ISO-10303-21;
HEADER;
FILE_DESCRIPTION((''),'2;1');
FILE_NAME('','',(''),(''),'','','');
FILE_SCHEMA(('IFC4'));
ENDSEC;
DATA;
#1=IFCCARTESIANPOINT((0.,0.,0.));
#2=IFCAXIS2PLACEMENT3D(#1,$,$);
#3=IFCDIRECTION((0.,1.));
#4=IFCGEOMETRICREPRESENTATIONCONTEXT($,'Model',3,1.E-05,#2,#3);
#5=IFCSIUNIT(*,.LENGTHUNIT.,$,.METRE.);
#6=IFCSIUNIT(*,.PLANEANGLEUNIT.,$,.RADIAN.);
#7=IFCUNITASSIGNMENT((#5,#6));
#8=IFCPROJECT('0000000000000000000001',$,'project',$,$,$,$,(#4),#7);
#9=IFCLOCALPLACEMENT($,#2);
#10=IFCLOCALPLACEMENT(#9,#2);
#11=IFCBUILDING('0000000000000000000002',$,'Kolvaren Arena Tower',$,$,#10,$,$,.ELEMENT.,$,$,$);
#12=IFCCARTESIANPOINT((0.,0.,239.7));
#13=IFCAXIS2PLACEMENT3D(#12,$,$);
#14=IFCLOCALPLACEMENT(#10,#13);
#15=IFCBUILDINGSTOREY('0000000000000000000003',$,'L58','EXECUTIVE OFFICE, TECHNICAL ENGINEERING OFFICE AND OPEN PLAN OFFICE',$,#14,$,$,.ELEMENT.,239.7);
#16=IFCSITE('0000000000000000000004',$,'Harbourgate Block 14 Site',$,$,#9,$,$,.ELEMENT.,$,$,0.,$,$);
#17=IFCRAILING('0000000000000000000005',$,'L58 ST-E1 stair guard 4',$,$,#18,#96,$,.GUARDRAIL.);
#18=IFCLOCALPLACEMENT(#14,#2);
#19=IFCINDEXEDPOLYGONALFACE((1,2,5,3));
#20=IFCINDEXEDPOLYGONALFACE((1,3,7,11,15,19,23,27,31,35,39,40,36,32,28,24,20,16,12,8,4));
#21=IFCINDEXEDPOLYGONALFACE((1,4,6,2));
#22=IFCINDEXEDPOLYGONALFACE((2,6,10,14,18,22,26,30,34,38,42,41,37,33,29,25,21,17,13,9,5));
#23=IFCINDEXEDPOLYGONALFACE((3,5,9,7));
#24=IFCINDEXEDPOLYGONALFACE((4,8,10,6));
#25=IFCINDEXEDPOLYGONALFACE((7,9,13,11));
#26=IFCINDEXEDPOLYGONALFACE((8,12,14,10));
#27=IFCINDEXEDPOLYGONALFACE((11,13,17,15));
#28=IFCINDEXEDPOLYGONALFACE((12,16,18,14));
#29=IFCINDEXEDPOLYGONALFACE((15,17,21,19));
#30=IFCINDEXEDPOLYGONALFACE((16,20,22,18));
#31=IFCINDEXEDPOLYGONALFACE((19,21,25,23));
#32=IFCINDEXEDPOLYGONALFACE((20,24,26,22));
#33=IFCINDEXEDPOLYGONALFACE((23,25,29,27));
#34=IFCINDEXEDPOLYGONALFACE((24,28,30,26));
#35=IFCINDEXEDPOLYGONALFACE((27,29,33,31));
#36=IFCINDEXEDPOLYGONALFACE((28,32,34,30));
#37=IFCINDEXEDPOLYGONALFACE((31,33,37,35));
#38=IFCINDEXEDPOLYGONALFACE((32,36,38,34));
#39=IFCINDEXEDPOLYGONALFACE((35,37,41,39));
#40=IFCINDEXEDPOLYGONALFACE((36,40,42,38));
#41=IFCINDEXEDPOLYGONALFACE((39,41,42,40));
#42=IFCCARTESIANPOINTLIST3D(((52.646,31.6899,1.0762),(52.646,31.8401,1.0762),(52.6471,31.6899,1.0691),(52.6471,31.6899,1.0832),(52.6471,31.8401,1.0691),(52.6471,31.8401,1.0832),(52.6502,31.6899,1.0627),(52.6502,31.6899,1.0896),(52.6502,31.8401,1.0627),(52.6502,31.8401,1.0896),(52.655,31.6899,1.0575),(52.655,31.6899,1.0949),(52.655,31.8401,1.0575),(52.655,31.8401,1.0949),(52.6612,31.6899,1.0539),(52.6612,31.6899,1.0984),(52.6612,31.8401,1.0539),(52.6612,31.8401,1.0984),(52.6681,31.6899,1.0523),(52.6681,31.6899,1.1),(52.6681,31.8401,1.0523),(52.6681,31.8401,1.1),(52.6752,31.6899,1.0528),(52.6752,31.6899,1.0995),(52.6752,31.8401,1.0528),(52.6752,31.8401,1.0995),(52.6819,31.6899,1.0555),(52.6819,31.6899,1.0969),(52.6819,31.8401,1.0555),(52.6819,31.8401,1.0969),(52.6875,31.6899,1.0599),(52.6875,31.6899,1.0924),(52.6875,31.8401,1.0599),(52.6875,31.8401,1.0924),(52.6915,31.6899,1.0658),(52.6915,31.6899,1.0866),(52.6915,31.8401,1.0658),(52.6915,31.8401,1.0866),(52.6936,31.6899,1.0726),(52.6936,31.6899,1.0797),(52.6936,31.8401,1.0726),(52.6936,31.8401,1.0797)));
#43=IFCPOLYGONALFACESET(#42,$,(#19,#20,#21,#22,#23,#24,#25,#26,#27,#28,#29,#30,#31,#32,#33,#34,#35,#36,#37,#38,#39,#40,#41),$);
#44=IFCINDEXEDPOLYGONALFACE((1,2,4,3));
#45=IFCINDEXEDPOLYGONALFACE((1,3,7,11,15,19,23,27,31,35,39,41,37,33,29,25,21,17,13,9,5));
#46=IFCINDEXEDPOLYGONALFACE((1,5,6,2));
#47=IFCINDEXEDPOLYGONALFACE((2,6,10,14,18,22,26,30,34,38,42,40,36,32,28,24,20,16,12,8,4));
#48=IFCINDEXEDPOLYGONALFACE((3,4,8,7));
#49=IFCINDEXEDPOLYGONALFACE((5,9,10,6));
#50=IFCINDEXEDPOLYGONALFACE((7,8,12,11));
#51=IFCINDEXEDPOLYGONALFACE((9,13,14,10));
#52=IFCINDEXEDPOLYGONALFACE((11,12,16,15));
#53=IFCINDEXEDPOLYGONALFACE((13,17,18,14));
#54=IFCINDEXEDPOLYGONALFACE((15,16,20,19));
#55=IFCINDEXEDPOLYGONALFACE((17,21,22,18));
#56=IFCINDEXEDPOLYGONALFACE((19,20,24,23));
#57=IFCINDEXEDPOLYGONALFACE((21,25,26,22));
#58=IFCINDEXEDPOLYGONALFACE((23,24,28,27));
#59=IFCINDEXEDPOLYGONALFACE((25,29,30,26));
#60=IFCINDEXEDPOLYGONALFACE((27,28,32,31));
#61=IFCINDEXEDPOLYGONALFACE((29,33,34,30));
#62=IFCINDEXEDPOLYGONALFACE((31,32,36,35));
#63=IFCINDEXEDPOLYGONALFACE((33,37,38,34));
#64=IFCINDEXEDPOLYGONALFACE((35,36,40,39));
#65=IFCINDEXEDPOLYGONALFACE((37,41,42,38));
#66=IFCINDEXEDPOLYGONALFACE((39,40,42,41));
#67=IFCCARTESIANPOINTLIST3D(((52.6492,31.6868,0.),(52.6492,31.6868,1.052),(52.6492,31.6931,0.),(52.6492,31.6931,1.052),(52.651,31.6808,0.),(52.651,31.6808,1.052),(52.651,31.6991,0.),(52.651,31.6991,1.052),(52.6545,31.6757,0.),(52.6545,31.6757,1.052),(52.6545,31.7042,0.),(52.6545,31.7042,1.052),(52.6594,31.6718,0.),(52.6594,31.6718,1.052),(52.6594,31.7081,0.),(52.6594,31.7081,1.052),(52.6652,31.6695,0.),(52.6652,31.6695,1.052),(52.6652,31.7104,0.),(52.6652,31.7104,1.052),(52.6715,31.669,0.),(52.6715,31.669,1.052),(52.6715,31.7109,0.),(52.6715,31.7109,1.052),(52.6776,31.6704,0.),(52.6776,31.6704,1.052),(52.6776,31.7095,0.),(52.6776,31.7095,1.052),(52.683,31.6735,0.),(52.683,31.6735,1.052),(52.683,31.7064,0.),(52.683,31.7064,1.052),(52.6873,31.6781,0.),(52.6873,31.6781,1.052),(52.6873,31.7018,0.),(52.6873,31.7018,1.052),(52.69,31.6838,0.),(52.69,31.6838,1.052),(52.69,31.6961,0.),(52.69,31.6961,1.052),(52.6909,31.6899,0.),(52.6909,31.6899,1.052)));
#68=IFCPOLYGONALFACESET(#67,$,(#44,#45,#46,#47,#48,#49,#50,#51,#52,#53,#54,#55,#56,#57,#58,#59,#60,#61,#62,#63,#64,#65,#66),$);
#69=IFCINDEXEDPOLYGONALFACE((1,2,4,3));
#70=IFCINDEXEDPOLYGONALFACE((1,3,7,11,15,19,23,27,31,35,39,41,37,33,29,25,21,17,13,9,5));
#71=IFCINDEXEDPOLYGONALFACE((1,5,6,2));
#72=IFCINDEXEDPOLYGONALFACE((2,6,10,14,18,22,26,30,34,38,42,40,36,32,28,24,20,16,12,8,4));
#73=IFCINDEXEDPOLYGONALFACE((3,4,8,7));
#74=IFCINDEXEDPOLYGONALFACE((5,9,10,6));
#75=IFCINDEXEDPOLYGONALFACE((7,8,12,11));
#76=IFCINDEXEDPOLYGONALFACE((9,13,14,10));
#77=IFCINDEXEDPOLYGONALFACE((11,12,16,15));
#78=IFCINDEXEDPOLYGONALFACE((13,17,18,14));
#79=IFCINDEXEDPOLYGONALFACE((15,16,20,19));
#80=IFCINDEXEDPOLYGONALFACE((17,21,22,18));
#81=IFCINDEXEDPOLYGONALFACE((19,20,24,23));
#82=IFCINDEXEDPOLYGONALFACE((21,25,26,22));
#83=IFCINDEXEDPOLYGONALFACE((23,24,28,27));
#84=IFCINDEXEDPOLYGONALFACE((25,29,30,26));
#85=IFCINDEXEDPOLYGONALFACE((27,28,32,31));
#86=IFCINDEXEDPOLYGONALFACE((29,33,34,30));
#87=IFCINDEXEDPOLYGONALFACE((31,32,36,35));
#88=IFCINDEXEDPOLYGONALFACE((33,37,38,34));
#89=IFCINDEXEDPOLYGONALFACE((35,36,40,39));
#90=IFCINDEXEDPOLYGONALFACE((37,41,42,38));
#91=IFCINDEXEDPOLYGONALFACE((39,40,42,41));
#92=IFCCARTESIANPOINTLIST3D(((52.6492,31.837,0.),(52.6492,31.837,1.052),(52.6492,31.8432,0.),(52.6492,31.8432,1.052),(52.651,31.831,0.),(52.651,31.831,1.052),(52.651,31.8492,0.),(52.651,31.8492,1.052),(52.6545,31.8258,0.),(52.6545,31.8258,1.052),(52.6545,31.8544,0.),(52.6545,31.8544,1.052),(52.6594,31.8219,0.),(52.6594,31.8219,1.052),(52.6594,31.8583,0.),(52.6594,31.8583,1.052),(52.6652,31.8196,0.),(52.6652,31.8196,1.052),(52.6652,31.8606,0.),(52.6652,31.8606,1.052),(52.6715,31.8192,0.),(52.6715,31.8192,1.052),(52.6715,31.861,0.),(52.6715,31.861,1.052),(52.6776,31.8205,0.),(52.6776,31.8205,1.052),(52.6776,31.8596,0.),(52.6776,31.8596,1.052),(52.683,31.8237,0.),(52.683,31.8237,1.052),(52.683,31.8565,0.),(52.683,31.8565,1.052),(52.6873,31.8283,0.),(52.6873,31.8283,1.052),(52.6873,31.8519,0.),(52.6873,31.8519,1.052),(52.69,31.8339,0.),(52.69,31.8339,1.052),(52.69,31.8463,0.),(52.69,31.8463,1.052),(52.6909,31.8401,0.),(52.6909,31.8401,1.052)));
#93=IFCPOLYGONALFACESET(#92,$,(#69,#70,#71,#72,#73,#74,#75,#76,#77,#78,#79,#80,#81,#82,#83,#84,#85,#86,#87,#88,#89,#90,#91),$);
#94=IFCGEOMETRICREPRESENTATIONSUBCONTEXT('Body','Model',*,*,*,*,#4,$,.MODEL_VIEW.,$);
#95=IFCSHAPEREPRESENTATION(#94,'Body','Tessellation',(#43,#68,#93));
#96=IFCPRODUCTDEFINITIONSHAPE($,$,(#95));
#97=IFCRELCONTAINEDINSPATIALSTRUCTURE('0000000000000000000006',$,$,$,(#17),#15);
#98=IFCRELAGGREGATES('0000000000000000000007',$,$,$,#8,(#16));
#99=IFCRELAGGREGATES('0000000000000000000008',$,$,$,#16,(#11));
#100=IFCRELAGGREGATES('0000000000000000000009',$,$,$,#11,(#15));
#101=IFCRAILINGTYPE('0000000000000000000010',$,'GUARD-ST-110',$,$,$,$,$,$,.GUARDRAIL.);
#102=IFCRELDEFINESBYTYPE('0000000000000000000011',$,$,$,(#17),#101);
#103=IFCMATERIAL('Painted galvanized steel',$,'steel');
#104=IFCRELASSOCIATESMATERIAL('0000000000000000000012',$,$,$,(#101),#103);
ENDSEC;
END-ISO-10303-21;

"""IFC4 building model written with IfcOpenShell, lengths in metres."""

from ifc_helpers import new_model, si_unit, direction, frame, origin, origin_2d, place, context, subcontext, project, spatial, circle, extrude, material, type_object, element, save


model = new_model("IFC4")

# Units and contexts
model_context = context("Model", 3, precision=1e-05, world=origin(), true_north=direction((0.0, 1.0)))
body_context = subcontext(model_context, "Body", "Model", "MODEL_VIEW")
ifc_project = project(units=[si_unit("LENGTHUNIT", "METRE"), si_unit("PLANEANGLEUNIT", "RADIAN")], contexts=[model_context])

# Site, building, storey
site_placement = place(None, origin())
site = spatial("IfcSite", under=ifc_project, at=site_placement, Name="Harbourgate Block 14 Site", CompositionType="ELEMENT", RefElevation=0.0)
building_placement = place(site_placement, origin())
building = spatial("IfcBuilding", under=site, at=building_placement, Name="Kolvaren Arena Tower", CompositionType="ELEMENT")
storey_placement = place(building_placement, frame((0.0, 0.0, 239.7)))
storey = spatial("IfcBuildingStorey", under=building, at=storey_placement, Name="L58", Description="EXECUTIVE OFFICE, TECHNICAL ENGINEERING OFFICE AND OPEN PLAN OFFICE", CompositionType="ELEMENT", Elevation=239.7)

# Railing
ifc_material_1 = material(Name="Painted galvanized steel", Category="steel")
railing_type_1 = type_object("IfcRailingType", Name="GUARD-ST-110", PredefinedType="GUARDRAIL", material=ifc_material_1)
railing_1_placement = place(storey_placement, frame((52.6699, 31.6899, 0.0)))
element("IfcRailing", 1, at=railing_1_placement, inside=storey, type_object=railing_type_1, Name="L58 ST-E1 stair guard 4", PredefinedType="GUARDRAIL", context=body_context, shape_type="SweptSolid", body=[
    extrude(circle(Radius=0.0239, at=origin_2d()), frame((0.0, 0.0, 1.0762), z_axis=(0.0, 1.0, 0.0), x_axis=(-1.0, 0.0, 0.0)), (0.0, 0.0, 1.0), 0.1501),
    extrude(circle(Radius=0.021, at=origin_2d()), origin(), (0.0, 0.0, 1.0), 1.052),
    extrude(circle(Radius=0.021, at=origin_2d()), frame((0.0, 0.1501, 0.0)), (0.0, 0.0, 1.0), 1.052),
])

save(model, "model.ifc")
